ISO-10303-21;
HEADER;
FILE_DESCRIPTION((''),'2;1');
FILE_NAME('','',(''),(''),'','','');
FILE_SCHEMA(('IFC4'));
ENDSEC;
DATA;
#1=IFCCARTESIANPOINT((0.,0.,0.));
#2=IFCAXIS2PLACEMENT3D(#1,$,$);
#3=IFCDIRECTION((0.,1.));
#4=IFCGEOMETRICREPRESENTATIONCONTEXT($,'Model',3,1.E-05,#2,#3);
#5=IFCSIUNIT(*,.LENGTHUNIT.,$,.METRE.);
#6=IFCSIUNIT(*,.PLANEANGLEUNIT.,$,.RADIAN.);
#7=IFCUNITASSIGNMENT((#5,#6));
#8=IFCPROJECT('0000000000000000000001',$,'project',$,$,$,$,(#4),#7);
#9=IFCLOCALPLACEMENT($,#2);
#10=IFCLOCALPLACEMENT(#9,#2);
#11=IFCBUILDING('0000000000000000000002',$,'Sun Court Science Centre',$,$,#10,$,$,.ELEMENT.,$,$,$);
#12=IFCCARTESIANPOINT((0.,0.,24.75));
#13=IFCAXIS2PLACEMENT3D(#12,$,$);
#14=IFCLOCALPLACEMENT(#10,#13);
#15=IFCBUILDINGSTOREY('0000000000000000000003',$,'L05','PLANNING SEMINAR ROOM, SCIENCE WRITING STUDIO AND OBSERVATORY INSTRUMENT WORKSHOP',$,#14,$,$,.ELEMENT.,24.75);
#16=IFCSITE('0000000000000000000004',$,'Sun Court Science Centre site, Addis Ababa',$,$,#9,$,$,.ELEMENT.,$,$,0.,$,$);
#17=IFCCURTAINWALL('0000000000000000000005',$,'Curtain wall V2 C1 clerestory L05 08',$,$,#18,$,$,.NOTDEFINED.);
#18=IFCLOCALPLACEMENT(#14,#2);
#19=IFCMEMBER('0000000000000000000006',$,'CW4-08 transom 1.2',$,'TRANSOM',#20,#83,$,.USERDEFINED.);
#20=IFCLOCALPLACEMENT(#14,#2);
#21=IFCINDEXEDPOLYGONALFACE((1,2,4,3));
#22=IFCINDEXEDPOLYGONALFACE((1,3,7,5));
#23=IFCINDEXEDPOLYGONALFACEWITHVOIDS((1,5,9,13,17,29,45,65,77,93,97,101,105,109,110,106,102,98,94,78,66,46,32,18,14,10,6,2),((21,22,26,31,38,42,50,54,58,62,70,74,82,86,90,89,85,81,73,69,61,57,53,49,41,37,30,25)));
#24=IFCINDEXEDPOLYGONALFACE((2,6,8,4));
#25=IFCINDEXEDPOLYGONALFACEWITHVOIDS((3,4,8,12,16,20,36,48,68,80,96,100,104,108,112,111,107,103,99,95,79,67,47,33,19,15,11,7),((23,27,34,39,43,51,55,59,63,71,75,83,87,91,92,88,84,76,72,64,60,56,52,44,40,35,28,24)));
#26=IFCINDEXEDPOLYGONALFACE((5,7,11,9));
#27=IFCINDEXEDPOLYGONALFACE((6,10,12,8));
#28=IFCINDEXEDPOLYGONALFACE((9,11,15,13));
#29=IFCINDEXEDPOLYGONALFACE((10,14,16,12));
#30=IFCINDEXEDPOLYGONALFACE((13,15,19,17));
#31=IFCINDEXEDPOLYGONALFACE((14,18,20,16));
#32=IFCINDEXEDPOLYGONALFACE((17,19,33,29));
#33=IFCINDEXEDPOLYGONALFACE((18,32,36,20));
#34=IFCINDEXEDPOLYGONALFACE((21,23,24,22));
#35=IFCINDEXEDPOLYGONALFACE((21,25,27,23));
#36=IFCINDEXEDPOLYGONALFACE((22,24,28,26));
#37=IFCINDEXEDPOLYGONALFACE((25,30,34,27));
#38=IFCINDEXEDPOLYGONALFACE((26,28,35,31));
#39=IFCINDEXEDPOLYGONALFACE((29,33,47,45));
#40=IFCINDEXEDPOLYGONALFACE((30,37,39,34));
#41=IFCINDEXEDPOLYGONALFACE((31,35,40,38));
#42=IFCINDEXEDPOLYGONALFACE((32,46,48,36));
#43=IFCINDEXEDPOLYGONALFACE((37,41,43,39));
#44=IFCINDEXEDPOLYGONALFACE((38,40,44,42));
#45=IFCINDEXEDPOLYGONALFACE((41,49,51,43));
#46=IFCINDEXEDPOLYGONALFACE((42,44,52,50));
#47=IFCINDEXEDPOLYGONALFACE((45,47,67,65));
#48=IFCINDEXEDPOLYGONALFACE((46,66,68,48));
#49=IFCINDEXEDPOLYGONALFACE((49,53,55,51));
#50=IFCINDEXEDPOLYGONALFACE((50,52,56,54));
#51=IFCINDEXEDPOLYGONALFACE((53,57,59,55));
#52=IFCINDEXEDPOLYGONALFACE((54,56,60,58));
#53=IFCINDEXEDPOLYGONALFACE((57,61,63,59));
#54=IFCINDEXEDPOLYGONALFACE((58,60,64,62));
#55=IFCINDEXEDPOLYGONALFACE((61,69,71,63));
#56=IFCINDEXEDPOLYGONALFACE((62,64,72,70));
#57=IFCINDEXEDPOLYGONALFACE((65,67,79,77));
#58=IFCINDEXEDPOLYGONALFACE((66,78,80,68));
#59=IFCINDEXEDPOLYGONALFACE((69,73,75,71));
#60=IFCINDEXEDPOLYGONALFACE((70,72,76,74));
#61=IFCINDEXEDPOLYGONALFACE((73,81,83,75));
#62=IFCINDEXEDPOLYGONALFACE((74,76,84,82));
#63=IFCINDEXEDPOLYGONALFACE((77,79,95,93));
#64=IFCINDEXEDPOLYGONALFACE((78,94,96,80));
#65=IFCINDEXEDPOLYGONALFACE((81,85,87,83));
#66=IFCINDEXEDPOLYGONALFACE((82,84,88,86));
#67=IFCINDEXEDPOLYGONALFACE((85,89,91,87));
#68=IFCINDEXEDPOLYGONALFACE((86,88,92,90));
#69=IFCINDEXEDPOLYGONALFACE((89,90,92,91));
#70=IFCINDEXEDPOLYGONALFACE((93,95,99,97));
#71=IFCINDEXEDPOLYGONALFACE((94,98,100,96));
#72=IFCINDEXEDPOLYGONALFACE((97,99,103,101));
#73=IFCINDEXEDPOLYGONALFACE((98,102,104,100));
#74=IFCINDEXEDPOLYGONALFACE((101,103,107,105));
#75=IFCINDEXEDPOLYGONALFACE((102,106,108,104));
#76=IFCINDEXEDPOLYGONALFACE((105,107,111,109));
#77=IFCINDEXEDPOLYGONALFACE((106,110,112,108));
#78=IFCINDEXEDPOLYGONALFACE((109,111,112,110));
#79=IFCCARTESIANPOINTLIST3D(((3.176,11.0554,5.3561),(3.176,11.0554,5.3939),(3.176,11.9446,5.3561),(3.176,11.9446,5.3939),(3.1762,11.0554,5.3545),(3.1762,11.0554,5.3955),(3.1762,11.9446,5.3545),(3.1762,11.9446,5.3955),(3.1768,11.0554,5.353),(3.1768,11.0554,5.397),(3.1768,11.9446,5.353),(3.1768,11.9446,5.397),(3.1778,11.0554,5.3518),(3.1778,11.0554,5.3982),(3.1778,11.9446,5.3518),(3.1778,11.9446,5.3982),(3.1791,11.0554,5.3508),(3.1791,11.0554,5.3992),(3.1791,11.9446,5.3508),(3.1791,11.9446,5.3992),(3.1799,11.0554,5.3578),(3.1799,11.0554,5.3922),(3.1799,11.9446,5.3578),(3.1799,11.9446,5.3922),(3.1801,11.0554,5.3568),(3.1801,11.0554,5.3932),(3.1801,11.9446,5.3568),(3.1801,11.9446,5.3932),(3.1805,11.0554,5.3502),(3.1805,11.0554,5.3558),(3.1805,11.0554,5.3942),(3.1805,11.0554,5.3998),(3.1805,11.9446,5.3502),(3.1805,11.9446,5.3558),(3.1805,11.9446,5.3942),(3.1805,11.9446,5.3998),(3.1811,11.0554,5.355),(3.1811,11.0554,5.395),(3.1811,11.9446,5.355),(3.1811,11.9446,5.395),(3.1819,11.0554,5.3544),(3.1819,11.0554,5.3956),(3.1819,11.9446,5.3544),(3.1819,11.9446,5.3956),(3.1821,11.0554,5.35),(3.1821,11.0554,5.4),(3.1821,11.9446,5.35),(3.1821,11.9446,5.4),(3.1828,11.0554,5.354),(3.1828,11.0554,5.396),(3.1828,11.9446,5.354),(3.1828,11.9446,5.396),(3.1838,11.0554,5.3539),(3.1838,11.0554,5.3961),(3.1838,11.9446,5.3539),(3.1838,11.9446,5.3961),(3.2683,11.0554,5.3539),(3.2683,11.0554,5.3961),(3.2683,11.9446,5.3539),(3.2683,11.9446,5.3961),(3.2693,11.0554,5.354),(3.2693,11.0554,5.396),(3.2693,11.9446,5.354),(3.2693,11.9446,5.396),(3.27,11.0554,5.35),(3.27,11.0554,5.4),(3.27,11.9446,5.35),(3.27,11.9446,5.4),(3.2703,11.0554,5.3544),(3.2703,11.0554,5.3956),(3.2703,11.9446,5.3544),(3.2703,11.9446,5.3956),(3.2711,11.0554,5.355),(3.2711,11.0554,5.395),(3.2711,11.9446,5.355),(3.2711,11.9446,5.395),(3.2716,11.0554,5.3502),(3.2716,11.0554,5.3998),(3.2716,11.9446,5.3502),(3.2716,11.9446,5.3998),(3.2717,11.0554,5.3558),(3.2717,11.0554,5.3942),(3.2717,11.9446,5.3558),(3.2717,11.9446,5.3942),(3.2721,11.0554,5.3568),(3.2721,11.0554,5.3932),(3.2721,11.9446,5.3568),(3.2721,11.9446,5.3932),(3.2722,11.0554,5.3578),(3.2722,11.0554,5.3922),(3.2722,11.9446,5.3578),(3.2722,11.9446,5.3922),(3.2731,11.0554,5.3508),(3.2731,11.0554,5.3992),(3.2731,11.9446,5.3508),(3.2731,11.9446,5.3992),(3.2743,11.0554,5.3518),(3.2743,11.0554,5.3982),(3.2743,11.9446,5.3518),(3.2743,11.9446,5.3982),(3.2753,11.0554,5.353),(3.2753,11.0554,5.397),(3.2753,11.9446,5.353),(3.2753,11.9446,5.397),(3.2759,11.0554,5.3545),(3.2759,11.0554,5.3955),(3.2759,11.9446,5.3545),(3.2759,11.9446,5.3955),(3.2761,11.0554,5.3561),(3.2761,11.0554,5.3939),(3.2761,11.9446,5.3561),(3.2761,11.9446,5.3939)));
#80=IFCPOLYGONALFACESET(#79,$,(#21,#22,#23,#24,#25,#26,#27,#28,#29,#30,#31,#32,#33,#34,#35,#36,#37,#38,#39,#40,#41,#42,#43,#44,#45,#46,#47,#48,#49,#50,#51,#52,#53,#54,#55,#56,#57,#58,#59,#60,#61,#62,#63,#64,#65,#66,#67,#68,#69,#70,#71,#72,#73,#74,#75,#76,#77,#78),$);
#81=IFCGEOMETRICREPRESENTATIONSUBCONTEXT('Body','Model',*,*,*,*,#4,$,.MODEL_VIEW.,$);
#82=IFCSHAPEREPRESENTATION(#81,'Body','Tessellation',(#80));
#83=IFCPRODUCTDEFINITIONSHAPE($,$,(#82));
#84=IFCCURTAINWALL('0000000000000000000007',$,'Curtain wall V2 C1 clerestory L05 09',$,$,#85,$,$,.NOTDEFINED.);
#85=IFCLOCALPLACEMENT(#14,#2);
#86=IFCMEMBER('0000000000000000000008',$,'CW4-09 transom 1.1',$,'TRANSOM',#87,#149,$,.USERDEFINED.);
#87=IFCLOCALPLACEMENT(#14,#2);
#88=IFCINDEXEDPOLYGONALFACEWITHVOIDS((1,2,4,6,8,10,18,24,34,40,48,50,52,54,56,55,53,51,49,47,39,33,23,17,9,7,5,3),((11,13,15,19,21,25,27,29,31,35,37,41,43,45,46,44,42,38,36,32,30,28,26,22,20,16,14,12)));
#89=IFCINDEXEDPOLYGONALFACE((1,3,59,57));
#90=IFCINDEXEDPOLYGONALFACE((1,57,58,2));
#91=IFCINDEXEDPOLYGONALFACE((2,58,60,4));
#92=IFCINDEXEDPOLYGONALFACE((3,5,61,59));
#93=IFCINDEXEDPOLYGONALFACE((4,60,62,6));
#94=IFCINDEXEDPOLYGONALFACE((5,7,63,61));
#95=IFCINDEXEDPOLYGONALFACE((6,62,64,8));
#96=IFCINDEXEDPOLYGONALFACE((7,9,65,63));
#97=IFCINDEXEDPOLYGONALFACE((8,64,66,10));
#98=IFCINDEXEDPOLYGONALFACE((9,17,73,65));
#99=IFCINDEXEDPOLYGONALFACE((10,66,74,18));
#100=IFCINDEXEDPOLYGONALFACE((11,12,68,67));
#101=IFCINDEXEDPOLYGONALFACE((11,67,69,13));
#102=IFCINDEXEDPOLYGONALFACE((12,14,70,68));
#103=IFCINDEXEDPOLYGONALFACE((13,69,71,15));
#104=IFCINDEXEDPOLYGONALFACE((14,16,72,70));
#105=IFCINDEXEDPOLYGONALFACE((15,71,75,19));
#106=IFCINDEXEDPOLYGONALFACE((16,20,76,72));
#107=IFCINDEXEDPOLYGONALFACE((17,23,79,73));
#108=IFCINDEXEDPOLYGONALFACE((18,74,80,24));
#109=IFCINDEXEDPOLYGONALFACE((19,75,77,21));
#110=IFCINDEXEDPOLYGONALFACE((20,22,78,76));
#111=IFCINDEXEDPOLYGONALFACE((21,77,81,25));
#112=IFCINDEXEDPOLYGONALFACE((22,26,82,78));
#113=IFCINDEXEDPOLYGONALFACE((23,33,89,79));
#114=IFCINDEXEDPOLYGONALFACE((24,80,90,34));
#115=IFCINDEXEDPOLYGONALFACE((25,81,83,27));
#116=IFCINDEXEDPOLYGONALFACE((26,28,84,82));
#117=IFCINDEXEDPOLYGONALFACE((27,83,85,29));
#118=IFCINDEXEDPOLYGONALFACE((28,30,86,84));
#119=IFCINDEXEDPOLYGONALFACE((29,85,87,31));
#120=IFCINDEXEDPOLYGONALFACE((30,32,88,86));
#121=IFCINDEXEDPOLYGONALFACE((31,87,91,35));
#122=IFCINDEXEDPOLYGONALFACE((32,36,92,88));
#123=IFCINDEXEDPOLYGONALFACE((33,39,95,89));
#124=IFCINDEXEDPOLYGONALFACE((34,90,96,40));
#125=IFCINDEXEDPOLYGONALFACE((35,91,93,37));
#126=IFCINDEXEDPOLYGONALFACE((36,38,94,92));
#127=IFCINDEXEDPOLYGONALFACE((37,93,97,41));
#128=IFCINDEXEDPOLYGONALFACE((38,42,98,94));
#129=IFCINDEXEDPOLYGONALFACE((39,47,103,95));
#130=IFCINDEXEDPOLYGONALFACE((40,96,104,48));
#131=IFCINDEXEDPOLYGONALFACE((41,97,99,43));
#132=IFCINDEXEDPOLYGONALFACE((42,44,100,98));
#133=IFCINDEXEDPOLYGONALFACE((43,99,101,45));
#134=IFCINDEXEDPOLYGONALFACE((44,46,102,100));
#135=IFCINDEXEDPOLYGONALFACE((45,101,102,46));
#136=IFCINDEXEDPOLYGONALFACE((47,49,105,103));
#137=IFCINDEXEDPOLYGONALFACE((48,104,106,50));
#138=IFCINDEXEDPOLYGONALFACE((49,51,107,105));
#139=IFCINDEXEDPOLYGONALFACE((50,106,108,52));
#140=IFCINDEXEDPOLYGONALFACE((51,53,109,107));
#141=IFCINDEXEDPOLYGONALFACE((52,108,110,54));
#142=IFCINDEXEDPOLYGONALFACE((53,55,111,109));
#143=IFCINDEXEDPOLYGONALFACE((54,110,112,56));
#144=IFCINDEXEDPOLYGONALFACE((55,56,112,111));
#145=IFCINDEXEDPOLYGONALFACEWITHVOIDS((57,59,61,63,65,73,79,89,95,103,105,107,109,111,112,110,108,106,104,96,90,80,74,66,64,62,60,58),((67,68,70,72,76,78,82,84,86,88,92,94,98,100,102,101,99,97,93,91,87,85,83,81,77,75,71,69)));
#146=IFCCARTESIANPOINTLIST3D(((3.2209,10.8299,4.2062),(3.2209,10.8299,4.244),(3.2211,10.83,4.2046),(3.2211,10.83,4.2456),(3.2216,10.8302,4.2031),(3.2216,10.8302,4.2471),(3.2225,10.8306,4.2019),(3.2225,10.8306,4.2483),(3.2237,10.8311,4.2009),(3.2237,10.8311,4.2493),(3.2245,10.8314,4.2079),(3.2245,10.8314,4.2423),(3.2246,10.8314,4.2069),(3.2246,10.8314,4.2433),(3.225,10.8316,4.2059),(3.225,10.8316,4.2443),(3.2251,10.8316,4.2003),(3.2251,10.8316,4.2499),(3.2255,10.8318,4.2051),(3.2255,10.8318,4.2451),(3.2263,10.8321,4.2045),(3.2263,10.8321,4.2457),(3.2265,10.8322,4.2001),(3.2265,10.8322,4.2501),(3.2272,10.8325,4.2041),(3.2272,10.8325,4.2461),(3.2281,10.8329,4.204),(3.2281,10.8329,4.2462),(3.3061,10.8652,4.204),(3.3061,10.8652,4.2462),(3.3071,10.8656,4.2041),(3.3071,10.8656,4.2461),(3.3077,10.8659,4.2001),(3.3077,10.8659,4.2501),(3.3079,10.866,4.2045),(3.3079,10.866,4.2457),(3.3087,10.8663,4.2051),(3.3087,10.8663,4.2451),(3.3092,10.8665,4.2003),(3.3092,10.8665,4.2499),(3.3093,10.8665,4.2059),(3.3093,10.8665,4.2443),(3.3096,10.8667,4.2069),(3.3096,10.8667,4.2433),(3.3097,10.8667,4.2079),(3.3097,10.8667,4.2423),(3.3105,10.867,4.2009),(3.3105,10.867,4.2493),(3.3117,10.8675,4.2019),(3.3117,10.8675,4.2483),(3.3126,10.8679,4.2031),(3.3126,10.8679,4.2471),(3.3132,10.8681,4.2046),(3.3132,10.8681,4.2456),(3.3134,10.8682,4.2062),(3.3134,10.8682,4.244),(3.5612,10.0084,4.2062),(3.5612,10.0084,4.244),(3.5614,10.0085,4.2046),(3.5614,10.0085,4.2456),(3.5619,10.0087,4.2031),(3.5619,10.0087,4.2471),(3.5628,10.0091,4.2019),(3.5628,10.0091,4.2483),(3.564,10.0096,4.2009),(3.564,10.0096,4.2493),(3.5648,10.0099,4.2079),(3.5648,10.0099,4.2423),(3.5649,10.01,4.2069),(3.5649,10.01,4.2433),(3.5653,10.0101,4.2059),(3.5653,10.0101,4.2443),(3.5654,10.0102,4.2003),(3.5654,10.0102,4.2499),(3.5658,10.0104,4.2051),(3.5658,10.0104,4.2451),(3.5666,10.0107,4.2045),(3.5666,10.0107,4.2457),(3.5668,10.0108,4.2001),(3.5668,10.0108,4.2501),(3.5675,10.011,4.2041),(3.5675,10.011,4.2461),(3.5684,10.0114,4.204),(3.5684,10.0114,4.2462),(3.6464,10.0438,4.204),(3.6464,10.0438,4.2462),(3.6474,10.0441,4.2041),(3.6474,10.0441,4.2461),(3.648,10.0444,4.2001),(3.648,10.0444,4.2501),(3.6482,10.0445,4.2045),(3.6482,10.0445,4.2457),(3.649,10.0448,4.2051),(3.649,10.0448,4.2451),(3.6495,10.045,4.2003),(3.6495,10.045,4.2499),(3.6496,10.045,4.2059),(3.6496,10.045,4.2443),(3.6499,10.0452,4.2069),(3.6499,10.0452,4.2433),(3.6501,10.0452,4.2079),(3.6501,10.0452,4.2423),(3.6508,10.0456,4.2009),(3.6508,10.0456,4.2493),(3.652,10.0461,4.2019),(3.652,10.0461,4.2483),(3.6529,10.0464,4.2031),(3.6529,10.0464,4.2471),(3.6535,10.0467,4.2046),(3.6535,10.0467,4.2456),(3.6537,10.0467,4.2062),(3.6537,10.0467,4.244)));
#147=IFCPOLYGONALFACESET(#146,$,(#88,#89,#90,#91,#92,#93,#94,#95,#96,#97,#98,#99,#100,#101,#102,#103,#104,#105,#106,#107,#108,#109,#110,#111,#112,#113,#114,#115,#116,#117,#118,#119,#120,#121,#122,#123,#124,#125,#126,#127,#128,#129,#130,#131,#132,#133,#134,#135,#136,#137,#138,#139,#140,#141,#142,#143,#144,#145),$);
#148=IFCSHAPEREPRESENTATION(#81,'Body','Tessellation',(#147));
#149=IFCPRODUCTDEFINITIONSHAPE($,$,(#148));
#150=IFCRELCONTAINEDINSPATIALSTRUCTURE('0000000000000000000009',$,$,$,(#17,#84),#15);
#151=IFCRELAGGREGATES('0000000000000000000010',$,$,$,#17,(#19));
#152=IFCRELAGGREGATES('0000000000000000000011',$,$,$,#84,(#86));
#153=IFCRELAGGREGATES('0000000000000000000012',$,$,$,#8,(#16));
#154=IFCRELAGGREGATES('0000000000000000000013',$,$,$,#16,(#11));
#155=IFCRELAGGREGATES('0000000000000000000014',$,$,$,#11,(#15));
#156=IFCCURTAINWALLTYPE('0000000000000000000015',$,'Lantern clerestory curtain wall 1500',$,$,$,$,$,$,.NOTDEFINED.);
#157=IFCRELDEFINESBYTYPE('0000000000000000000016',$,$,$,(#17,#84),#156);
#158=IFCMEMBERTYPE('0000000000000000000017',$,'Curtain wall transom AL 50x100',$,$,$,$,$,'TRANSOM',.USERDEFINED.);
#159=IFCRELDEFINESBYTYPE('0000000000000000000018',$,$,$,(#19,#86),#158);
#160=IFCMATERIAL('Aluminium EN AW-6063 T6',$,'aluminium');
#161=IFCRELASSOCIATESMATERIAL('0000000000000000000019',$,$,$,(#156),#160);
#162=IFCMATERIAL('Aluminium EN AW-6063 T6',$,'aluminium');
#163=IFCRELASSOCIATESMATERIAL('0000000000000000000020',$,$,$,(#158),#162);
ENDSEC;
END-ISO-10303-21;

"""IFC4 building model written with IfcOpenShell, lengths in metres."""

from ifc_helpers import new_model, si_unit, direction, frame, origin, origin_2d, place, context, subcontext, project, spatial, hollow_rectangle, extrude, material, material_profile, profile_set, type_object, element, aggregate, save


model = new_model("IFC4")

# Units and contexts
model_context = context("Model", 3, precision=1e-05, world=origin(), true_north=direction((0.0, 1.0)))
body_context = subcontext(model_context, "Body", "Model", "MODEL_VIEW")
ifc_project = project(units=[si_unit("LENGTHUNIT", "METRE"), si_unit("PLANEANGLEUNIT", "RADIAN")], contexts=[model_context])

# Site, building, storey
site_placement = place(None, origin())
site = spatial("IfcSite", under=ifc_project, at=site_placement, Name="Sun Court Science Centre site, Addis Ababa", CompositionType="ELEMENT", RefElevation=0.0)
building_placement = place(site_placement, origin())
building = spatial("IfcBuilding", under=site, at=building_placement, Name="Sun Court Science Centre", CompositionType="ELEMENT")
storey_placement = place(building_placement, frame((0.0, 0.0, 24.75)))
storey = spatial("IfcBuildingStorey", under=building, at=storey_placement, Name="L05", Description="PLANNING SEMINAR ROOM, SCIENCE WRITING STUDIO AND OBSERVATORY INSTRUMENT WORKSHOP", CompositionType="ELEMENT", Elevation=24.75)

# Shared definitions
ifc_material_1 = material(Name="Aluminium EN AW-6063 T6", Category="aluminium")
curtain_wall_type = type_object("IfcCurtainWallType", Name="Lantern clerestory curtain wall 1500", PredefinedType="NOTDEFINED", material=ifc_material_1)

# Curtain walls, members
curtain_wall_1_placement = place(storey_placement, origin())
curtain_wall_1 = element("IfcCurtainWall", 1, at=curtain_wall_1_placement, inside=storey, type_object=curtain_wall_type, Name="Curtain wall V2 C1 clerestory L05 08", PredefinedType="NOTDEFINED")
ifc_material_2 = material(Name="Aluminium EN AW-6063 T6", Category="aluminium")
ifc_material_profile_1 = material_profile(ifc_material_2, hollow_rectangle(XDim=0.05, YDim=0.1001, WallThickness=0.0039, InnerFilletRadius=0.0039, OuterFilletRadius=0.0061, at=origin_2d()), Name="AL 50x100x4")
ifc_profile_set_1 = profile_set([ifc_material_profile_1], Name="Aluminium EN AW-6063 T6")
member_type_1 = type_object("IfcMemberType", Name="Curtain wall transom AL 50x100", ElementType="TRANSOM", PredefinedType="USERDEFINED", material=ifc_profile_set_1)
member_1_placement = place(storey_placement, frame((3.2261, 11.0554, 5.375), z_axis=(0.0, 1.0, 0.0), x_axis=(0.0, 0.0, 1.0)))
member_1 = element("IfcMember", 2, at=member_1_placement, type_object=member_type_1, Name="CW4-08 transom 1.2", ObjectType="TRANSOM", PredefinedType="USERDEFINED", context=body_context, shape_type="SweptSolid", body=[
    extrude(hollow_rectangle(XDim=0.05, YDim=0.1001, WallThickness=0.0039, InnerFilletRadius=0.0039, OuterFilletRadius=0.0061, at=origin_2d()), origin(), (0.0, 0.0, 1.0), 0.8892),
])
aggregate(curtain_wall_1, [member_1])
curtain_wall_2_placement = place(storey_placement, origin())
curtain_wall_2 = element("IfcCurtainWall", 3, at=curtain_wall_2_placement, inside=storey, type_object=curtain_wall_type, Name="Curtain wall V2 C1 clerestory L05 09", PredefinedType="NOTDEFINED")
member_2_placement = place(storey_placement, frame((3.6074, 10.0276, 4.2251), z_axis=(-0.382724, 0.923863, 0.0), x_axis=(0.0, 0.0, 1.0)))
member_2 = element("IfcMember", 4, at=member_2_placement, type_object=member_type_1, Name="CW4-09 transom 1.1", ObjectType="TRANSOM", PredefinedType="USERDEFINED", context=body_context, shape_type="SweptSolid", body=[
    extrude(hollow_rectangle(XDim=0.05, YDim=0.1001, WallThickness=0.0039, InnerFilletRadius=0.0039, OuterFilletRadius=0.0061, at=origin_2d()), origin(), (0.0, 0.0, 1.0), 0.8892),
])

aggregate(curtain_wall_2, [member_2])

save(model, "model.ifc")
